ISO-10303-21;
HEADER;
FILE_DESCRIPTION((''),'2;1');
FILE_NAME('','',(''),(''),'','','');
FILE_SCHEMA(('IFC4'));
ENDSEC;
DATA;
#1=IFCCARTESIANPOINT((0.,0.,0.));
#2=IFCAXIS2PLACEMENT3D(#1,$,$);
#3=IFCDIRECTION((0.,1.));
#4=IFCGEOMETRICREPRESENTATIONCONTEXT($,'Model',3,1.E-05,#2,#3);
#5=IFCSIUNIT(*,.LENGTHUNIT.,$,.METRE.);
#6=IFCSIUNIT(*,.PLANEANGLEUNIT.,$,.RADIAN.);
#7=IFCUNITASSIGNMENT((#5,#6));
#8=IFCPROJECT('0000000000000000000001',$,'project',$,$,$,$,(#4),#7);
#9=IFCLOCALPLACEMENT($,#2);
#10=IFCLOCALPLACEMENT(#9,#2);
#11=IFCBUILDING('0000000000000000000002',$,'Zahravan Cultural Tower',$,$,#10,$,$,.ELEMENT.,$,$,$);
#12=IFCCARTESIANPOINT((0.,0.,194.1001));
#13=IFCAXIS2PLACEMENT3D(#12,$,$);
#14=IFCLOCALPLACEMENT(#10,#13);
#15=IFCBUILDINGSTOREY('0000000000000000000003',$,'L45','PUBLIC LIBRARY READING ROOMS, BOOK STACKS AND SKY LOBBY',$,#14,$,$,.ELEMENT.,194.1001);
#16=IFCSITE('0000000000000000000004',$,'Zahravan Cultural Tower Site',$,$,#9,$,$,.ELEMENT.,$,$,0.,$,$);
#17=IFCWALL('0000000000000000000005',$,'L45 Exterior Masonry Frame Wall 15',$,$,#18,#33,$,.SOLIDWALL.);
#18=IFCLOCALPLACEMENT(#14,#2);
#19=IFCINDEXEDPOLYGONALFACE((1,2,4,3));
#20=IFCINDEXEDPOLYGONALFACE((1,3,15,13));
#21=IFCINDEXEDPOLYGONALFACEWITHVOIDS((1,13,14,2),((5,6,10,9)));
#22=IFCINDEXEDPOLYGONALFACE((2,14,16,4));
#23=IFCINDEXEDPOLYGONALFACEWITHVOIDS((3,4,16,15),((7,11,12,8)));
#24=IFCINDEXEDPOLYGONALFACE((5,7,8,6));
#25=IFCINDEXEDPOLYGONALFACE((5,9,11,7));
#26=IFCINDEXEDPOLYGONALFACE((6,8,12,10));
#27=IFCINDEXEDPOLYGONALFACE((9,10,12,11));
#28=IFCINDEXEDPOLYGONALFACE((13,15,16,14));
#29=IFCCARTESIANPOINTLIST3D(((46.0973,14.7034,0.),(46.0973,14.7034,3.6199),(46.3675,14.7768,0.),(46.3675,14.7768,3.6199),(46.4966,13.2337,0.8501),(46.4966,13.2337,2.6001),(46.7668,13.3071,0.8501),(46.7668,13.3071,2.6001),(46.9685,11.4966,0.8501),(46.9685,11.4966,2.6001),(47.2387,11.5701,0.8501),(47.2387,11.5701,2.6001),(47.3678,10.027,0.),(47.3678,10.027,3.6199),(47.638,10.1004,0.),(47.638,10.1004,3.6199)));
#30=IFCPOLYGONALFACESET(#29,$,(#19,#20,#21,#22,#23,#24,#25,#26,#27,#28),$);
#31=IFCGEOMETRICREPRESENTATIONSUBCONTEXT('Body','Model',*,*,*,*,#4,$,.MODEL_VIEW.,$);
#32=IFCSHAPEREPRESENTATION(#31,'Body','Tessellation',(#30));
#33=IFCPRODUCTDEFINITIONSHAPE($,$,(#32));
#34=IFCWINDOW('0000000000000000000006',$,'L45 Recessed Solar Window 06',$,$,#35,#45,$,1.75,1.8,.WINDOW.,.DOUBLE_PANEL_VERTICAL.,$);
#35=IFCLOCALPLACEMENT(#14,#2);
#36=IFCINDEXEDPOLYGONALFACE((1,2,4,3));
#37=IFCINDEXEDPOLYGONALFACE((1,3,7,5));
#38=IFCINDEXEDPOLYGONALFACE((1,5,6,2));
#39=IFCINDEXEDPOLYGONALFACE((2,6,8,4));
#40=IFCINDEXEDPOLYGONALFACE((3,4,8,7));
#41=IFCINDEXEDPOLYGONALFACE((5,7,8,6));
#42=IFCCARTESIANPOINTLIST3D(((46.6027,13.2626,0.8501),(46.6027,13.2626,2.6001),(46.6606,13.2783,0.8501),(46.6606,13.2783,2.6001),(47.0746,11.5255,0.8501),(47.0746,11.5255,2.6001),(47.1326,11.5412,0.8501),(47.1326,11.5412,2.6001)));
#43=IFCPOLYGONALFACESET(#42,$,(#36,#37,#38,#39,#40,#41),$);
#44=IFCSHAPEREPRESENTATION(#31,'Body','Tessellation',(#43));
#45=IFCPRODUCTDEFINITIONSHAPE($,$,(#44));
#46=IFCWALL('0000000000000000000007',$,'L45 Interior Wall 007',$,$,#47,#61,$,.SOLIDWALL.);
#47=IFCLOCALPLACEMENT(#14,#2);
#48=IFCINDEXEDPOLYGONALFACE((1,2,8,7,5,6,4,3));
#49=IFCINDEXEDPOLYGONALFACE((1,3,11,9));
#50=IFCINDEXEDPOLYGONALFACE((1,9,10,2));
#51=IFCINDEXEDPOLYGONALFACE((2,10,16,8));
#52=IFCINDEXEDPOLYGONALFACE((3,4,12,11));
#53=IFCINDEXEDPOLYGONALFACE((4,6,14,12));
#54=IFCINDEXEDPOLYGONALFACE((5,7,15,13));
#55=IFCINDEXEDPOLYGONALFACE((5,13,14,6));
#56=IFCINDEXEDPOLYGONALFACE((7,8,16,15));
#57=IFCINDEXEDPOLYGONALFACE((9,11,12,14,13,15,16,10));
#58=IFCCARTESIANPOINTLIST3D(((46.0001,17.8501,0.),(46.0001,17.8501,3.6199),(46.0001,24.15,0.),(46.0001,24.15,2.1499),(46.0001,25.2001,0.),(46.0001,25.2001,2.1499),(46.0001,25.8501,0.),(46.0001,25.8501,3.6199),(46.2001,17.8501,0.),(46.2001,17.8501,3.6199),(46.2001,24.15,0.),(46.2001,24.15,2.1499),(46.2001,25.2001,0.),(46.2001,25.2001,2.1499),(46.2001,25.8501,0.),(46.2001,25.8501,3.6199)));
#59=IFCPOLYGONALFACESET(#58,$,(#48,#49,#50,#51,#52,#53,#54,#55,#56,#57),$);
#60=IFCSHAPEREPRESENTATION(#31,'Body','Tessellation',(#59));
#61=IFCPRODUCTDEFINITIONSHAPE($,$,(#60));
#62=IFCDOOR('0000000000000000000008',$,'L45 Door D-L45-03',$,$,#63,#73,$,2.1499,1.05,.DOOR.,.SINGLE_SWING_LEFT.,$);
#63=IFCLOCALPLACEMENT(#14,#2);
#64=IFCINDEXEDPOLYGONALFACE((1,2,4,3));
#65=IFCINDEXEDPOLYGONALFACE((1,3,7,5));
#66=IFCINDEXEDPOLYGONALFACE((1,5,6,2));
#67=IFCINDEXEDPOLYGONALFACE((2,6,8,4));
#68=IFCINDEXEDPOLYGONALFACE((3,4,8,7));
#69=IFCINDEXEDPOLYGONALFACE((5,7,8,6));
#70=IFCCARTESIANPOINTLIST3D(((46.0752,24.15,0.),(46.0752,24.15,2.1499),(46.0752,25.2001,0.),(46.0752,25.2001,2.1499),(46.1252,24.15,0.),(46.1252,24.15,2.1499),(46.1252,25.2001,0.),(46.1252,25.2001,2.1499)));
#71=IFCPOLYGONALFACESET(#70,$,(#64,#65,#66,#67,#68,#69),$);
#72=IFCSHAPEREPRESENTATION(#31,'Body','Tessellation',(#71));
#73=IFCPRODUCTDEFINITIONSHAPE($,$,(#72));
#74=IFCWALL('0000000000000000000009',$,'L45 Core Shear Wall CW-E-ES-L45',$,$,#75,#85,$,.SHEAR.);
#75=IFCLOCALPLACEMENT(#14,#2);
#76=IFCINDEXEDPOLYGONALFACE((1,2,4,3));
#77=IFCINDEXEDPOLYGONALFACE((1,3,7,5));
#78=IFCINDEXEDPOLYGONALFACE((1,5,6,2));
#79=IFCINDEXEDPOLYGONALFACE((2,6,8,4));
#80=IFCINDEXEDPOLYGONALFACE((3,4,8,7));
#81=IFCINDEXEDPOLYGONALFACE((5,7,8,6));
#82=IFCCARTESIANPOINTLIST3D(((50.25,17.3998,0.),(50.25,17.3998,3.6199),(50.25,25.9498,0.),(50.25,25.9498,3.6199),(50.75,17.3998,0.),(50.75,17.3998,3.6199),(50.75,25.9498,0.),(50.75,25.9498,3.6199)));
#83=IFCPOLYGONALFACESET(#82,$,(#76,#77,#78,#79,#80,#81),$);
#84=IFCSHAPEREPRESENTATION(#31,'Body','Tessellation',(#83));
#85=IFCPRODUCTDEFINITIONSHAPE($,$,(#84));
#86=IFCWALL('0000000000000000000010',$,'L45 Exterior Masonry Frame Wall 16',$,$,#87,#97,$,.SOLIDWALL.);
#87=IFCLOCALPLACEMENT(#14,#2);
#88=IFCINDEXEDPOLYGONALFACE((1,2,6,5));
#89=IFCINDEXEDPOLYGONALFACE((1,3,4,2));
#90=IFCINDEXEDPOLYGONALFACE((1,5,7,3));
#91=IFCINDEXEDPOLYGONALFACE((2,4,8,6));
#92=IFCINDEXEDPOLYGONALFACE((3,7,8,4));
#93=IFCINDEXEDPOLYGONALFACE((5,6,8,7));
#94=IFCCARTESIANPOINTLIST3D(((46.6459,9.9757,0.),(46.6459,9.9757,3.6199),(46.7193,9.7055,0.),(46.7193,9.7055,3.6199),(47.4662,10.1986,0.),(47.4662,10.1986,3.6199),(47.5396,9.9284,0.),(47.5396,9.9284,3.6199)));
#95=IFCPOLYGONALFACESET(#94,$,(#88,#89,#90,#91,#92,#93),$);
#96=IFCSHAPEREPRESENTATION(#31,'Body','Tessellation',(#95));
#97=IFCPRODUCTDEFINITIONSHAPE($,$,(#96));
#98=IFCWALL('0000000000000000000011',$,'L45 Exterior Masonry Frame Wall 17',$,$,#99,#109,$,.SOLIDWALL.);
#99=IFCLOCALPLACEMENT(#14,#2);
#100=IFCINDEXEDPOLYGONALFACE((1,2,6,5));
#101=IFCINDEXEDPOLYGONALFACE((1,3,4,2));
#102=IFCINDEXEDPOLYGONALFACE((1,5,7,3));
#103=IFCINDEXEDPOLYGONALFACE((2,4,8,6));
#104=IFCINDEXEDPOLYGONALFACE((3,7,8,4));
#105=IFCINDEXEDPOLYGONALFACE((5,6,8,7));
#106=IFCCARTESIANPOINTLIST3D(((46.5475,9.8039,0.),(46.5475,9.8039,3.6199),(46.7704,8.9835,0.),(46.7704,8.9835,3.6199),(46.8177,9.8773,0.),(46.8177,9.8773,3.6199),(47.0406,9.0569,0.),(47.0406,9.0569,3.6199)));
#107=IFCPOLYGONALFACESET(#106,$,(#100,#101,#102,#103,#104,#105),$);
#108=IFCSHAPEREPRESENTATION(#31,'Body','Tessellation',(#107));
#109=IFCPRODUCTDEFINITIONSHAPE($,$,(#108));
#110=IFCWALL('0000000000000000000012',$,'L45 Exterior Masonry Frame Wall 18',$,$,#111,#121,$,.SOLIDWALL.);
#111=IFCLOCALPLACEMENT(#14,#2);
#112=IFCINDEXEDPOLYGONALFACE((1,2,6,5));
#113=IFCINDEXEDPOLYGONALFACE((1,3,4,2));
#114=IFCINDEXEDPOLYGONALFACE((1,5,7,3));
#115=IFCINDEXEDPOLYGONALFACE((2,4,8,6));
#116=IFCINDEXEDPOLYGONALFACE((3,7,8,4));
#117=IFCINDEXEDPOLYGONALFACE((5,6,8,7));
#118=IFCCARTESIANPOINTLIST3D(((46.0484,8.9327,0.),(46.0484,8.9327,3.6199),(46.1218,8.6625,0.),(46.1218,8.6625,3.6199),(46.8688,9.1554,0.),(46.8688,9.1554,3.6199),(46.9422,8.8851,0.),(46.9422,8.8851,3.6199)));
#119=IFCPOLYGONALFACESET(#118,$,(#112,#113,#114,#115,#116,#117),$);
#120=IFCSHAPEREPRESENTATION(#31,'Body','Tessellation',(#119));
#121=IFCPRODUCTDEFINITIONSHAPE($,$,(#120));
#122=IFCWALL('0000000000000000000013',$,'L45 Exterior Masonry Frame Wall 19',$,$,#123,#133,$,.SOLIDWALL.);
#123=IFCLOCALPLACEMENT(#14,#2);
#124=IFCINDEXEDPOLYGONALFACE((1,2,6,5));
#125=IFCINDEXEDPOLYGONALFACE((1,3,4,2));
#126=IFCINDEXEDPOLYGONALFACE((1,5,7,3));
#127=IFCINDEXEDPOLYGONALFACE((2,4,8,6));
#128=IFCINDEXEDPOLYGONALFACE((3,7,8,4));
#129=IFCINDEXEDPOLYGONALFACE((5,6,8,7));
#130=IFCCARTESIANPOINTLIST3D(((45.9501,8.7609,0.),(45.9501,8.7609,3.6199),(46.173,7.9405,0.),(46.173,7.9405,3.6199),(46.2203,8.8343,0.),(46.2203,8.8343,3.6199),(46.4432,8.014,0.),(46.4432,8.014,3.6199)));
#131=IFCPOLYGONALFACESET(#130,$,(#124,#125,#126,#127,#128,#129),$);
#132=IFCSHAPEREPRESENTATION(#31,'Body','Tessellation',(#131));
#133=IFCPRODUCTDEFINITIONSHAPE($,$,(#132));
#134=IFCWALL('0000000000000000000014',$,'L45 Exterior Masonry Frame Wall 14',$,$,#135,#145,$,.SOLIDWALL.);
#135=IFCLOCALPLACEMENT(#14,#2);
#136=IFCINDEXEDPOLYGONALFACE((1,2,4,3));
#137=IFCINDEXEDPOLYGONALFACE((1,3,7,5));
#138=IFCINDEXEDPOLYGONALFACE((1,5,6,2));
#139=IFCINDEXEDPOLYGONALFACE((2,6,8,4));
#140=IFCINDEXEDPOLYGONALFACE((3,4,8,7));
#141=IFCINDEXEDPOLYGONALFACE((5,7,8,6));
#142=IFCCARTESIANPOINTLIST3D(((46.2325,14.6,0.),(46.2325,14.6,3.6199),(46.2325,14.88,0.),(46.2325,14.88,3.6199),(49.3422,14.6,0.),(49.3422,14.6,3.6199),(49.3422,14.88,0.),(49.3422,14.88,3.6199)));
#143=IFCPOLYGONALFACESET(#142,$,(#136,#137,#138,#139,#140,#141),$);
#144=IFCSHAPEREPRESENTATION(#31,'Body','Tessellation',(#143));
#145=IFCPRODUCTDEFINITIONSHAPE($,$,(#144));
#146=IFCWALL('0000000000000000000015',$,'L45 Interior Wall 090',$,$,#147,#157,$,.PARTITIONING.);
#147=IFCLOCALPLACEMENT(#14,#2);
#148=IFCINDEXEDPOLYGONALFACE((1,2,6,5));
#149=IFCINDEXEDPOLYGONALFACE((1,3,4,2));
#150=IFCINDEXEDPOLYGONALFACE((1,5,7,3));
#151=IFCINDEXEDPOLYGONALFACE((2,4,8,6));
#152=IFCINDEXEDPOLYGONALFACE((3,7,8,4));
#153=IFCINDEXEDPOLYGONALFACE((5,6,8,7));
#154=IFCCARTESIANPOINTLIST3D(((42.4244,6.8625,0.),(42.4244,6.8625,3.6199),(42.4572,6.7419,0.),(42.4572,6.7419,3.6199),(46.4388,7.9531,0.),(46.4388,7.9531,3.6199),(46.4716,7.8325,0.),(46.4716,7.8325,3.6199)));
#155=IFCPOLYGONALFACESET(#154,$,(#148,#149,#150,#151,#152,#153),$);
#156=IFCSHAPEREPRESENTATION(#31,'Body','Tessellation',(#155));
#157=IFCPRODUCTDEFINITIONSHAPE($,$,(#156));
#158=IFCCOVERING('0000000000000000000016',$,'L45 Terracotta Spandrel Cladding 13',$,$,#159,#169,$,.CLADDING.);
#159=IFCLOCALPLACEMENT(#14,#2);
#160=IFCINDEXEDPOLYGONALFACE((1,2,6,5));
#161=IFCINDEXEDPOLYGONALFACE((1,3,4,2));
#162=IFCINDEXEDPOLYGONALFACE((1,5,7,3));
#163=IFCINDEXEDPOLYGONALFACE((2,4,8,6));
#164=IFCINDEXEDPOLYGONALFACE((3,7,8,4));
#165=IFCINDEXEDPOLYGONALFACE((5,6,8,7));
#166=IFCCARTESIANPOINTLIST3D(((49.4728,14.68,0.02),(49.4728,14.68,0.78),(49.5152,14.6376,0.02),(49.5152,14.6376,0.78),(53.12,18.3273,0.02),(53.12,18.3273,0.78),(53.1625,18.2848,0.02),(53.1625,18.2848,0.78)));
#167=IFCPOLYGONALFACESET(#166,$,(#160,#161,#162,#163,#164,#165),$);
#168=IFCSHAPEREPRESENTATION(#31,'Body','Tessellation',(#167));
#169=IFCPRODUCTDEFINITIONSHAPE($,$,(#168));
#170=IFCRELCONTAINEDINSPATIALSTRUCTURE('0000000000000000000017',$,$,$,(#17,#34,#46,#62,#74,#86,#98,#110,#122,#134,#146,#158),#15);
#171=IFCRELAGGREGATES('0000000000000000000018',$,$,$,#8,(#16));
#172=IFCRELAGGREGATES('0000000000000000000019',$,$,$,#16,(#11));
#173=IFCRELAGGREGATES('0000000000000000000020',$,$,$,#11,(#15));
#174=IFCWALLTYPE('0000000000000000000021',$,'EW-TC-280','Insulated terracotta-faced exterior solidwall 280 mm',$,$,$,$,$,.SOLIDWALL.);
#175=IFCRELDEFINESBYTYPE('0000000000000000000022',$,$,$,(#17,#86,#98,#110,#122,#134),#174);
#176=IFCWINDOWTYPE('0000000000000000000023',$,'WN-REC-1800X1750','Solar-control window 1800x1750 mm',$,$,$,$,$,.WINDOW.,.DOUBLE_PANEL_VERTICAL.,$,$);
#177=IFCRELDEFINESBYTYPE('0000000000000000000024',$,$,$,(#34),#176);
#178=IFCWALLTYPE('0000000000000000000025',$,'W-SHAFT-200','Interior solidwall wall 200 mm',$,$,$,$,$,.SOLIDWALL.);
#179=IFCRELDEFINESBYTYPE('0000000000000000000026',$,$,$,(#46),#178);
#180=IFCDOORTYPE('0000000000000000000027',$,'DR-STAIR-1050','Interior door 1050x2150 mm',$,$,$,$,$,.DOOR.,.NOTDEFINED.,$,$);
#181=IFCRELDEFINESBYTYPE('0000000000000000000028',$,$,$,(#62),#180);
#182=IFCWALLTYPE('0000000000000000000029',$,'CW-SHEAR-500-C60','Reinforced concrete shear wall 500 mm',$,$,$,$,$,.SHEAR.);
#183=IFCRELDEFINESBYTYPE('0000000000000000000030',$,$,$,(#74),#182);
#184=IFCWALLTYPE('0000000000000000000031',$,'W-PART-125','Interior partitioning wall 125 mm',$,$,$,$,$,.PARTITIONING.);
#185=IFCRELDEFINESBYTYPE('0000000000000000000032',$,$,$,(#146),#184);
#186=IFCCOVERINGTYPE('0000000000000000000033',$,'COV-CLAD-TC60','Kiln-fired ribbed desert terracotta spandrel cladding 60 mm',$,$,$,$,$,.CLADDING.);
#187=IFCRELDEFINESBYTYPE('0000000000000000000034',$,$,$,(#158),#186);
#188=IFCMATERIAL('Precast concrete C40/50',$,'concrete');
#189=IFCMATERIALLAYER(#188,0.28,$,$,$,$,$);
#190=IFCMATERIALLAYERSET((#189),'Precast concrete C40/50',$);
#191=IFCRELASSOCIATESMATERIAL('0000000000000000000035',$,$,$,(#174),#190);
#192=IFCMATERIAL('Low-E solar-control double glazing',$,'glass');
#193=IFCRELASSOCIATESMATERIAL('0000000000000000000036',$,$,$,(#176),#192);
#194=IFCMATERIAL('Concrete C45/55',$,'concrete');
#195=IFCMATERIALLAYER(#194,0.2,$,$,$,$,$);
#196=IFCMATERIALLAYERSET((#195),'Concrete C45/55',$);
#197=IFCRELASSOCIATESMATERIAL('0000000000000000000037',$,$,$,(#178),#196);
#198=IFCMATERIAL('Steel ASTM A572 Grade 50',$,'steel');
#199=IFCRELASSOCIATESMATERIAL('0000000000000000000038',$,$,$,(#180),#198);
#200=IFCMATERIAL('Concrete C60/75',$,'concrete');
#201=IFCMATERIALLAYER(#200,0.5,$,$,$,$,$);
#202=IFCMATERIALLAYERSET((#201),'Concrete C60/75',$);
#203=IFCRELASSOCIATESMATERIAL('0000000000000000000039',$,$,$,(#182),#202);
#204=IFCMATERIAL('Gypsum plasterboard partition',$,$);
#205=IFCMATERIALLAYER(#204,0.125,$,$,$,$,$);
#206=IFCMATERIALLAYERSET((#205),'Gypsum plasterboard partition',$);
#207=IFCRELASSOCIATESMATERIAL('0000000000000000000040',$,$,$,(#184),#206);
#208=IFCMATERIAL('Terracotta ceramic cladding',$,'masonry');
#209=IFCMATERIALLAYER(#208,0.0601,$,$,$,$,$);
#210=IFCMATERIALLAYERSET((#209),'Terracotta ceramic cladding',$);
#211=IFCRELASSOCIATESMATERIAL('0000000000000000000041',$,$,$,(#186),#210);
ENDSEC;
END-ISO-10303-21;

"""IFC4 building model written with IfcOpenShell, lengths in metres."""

from ifc_helpers import new_model, si_unit, direction, frame, frame_2d, origin, origin_2d, place, context, subcontext, project, spatial, rectangle, extrude, source, transform, mapped, material, layer, layer_set, type_object, element, fill, save


model = new_model("IFC4")

# Units and contexts
model_context = context("Model", 3, precision=1e-05, world=origin(), true_north=direction((0.0, 1.0)))
body_context = subcontext(model_context, "Body", "Model", "MODEL_VIEW")
ifc_project = project(units=[si_unit("LENGTHUNIT", "METRE"), si_unit("PLANEANGLEUNIT", "RADIAN")], contexts=[model_context])

# Site, building, storey
site_placement = place(None, origin())
site = spatial("IfcSite", under=ifc_project, at=site_placement, Name="Zahravan Cultural Tower Site", CompositionType="ELEMENT", RefElevation=0.0)
building_placement = place(site_placement, origin())
building = spatial("IfcBuilding", under=site, at=building_placement, Name="Zahravan Cultural Tower", CompositionType="ELEMENT")
storey_placement = place(building_placement, frame((0.0, 0.0, 194.1001)))
storey = spatial("IfcBuildingStorey", under=building, at=storey_placement, Name="L45", Description="PUBLIC LIBRARY READING ROOMS, BOOK STACKS AND SKY LOBBY", CompositionType="ELEMENT", Elevation=194.1001)

# Shared definitions
ifc_material_1 = material(Name="Low-E solar-control double glazing", Category="glass")

# Wall, opening, window
ifc_material_2 = material(Name="Precast concrete C40/50", Category="concrete")
ifc_layer_1 = layer(ifc_material_2, 0.28)
ifc_layer_set_1 = layer_set([ifc_layer_1], Name="Precast concrete C40/50")
wall_type_1 = type_object("IfcWallType", Name="EW-TC-280", Description="Insulated terracotta-faced exterior solidwall 280 mm", PredefinedType="SOLIDWALL", material=ifc_layer_set_1)
wall_1_placement = place(storey_placement, frame((46.2324, 14.74, 0.0), z_axis=(0.0, 0.0, 1.0), x_axis=(0.262175, -0.96502, 0.0)))
wall_1 = element("IfcWall", 1, at=wall_1_placement, inside=storey, type_object=wall_type_1, Name="L45 Exterior Masonry Frame Wall 15", PredefinedType="SOLIDWALL", context=body_context, shape_type="SweptSolid", body=[
    extrude(rectangle(XDim=4.8459, YDim=0.28, at=frame_2d((2.4229, 0.0))), origin(), (0.0, 0.0, 1.0), 3.6199),
])
opening_1_placement = place(wall_1_placement, frame((1.5229, 0.0, 0.8501)))
opening_1 = element("IfcOpeningElement", 2, at=opening_1_placement, cuts=wall_1, PredefinedType="OPENING", context=body_context, shape_type="SweptSolid", body=[
    extrude(rectangle(XDim=1.8, YDim=1.75, at=frame_2d((0.8999, 0.875))), frame((0.0, 0.1499, 0.0), z_axis=(0.0, -1.0, 0.0), x_axis=(1.0, 0.0, 0.0)), (0.0, 0.0, 1.0), 0.3),
])
window_type = type_object("IfcWindowType", Name="WN-REC-1800X1750", Description="Solar-control window 1800x1750 mm", PartitioningType="DOUBLE_PANEL_VERTICAL", PredefinedType="WINDOW", material=ifc_material_1)
shared_shape_1 = source(origin(), body_context, "Body", "SweptSolid", [
    extrude(rectangle(XDim=1.8, YDim=1.75, at=frame_2d((0.8999, 0.875))), frame((0.0, 0.03, 0.0), z_axis=(0.0, -1.0, 0.0), x_axis=(1.0, 0.0, 0.0)), (0.0, 0.0, 1.0), 0.0601),
])
window_placement = place(opening_1_placement, origin())
window = element("IfcWindow", 3, at=window_placement, inside=storey, type_object=window_type, Name="L45 Recessed Solar Window 06", OverallHeight=1.75, OverallWidth=1.8, PartitioningType="DOUBLE_PANEL_VERTICAL", PredefinedType="WINDOW", context=body_context, shape_type="MappedRepresentation", body=[
    mapped(shared_shape_1, transform((0.0, 0.0, 0.0), x_axis=(1.0, 0.0, 0.0), y_axis=(0.0, 1.0, 0.0), z_axis=(0.0, 0.0, 1.0), scale=1.0)),
])
fill(opening_1, window)

# Wall, opening, door
ifc_material_3 = material(Name="Concrete C45/55", Category="concrete")
ifc_layer_2 = layer(ifc_material_3, 0.2)
ifc_layer_set_2 = layer_set([ifc_layer_2], Name="Concrete C45/55")
wall_type_2 = type_object("IfcWallType", Name="W-SHAFT-200", Description="Interior solidwall wall 200 mm", PredefinedType="SOLIDWALL", material=ifc_layer_set_2)
wall_2_placement = place(storey_placement, frame((46.1001, 17.8501, 0.0), z_axis=(0.0, 0.0, 1.0), x_axis=(0.0, 1.0, 0.0)))
wall_2 = element("IfcWall", 4, at=wall_2_placement, inside=storey, type_object=wall_type_2, Name="L45 Interior Wall 007", PredefinedType="SOLIDWALL", context=body_context, shape_type="SweptSolid", body=[
    extrude(rectangle(XDim=8.0, YDim=0.2, at=frame_2d((4.0, 0.0))), origin(), (0.0, 0.0, 1.0), 3.6199),
])
opening_2_placement = place(wall_2_placement, frame((6.3, 0.0, 0.0)))
opening_2 = element("IfcOpeningElement", 5, at=opening_2_placement, cuts=wall_2, PredefinedType="OPENING", context=body_context, shape_type="SweptSolid", body=[
    extrude(rectangle(XDim=1.05, YDim=2.1499, at=frame_2d((0.5249, 1.075))), frame((0.0, 0.1099, 0.0), z_axis=(0.0, -1.0, 0.0), x_axis=(1.0, 0.0, 0.0)), (0.0, 0.0, 1.0), 0.22),
])
ifc_material_4 = material(Name="Steel ASTM A572 Grade 50", Category="steel")
door_type = type_object("IfcDoorType", Name="DR-STAIR-1050", Description="Interior door 1050x2150 mm", OperationType="NOTDEFINED", PredefinedType="DOOR", material=ifc_material_4)
shared_shape_2 = source(origin(), body_context, "Body", "SweptSolid", [
    extrude(rectangle(XDim=1.05, YDim=2.1499, at=frame_2d((0.5249, 1.075))), frame((0.0, 0.0249, 0.0), z_axis=(0.0, -1.0, 0.0), x_axis=(1.0, 0.0, 0.0)), (0.0, 0.0, 1.0), 0.05),
])
door_placement = place(opening_2_placement, origin())
door = element("IfcDoor", 6, at=door_placement, inside=storey, type_object=door_type, Name="L45 Door D-L45-03", OperationType="SINGLE_SWING_LEFT", OverallHeight=2.1499, OverallWidth=1.05, PredefinedType="DOOR", context=body_context, shape_type="MappedRepresentation", body=[
    mapped(shared_shape_2, transform((0.0, 0.0, 0.0), x_axis=(1.0, 0.0, 0.0), y_axis=(0.0, 1.0, 0.0), z_axis=(0.0, 0.0, 1.0), scale=1.0)),
])
fill(opening_2, door)

# Walls
ifc_material_5 = material(Name="Concrete C60/75", Category="concrete")
ifc_layer_3 = layer(ifc_material_5, 0.5)
ifc_layer_set_3 = layer_set([ifc_layer_3], Name="Concrete C60/75")
wall_type_3 = type_object("IfcWallType", Name="CW-SHEAR-500-C60", Description="Reinforced concrete shear wall 500 mm", PredefinedType="SHEAR", material=ifc_layer_set_3)
shared_shape_3 = source(origin(), body_context, "Body", "SweptSolid", [
    extrude(rectangle(XDim=8.55, YDim=0.5, at=frame_2d((4.2749, 0.0))), origin(), (0.0, 0.0, 1.0), 3.6199),
])
wall_3_placement = place(storey_placement, frame((50.5, 17.3999, 0.0), z_axis=(0.0, 0.0, 1.0), x_axis=(0.0, 1.0, 0.0)))
element("IfcWall", 7, at=wall_3_placement, inside=storey, type_object=wall_type_3, Name="L45 Core Shear Wall CW-E-ES-L45", PredefinedType="SHEAR", context=body_context, shape_type="MappedRepresentation", body=[
    mapped(shared_shape_3, transform((0.0, 0.0, 0.0), x_axis=(1.0, 0.0, 0.0), y_axis=(0.0, 1.0, 0.0), z_axis=(0.0, 0.0, 1.0), scale=1.0)),
])
shared_shape_4 = source(origin(), body_context, "Body", "SweptSolid", [
    extrude(rectangle(XDim=0.8501, YDim=0.28, at=frame_2d((0.425, 0.0))), origin(), (0.0, 0.0, 1.0), 3.6199),
])
for number, where, z_axis, x_axis, name in (
    (8, (47.5029, 10.0635, 0.0), (0.0, 0.0, 1.0), (-0.965009, -0.262218, 0.0), "L45 Exterior Masonry Frame Wall 16"),
    (9, (46.6826, 9.8406, 0.0), (0.0, 0.0, 1.0), (0.262218, -0.965009, 0.0), "L45 Exterior Masonry Frame Wall 17"),
    (10, (46.9055, 9.0203, 0.0), (0.0, 0.0, 1.0), (-0.965081, -0.261951, 0.0), "L45 Exterior Masonry Frame Wall 18"),
    (11, (46.0852, 8.7976, 0.0), (0.0, 0.0, 1.0), (0.262218, -0.965009, 0.0), "L45 Exterior Masonry Frame Wall 19"),
):
    element("IfcWall", number, at=place(storey_placement, frame(where, z_axis=z_axis, x_axis=x_axis)), inside=storey, type_object=wall_type_1, Name=name, PredefinedType="SOLIDWALL", context=body_context, shape_type="MappedRepresentation", body=[
        mapped(shared_shape_4, transform((0.0, 0.0, 0.0), x_axis=(1.0, 0.0, 0.0), y_axis=(0.0, 1.0, 0.0), z_axis=(0.0, 0.0, 1.0), scale=1.0)),
    ])
shared_shape_5 = source(origin(), body_context, "Body", "SweptSolid", [
    extrude(rectangle(XDim=3.1096, YDim=0.28, at=frame_2d((1.5547, 0.0))), origin(), (0.0, 0.0, 1.0), 3.6199),
])
wall_4_placement = place(storey_placement, frame((49.342, 14.74, 0.0), z_axis=(0.0, 0.0, 1.0), x_axis=(-1.0, 0.0, 0.0)))
element("IfcWall", 12, at=wall_4_placement, inside=storey, type_object=wall_type_1, Name="L45 Exterior Masonry Frame Wall 14", PredefinedType="SOLIDWALL", context=body_context, shape_type="MappedRepresentation", body=[
    mapped(shared_shape_5, transform((0.0, 0.0, 0.0), x_axis=(1.0, 0.0, 0.0), y_axis=(0.0, 1.0, 0.0), z_axis=(0.0, 0.0, 1.0), scale=1.0)),
])
ifc_material_6 = material(Name="Gypsum plasterboard partition")
ifc_layer_4 = layer(ifc_material_6, 0.125)
ifc_layer_set_4 = layer_set([ifc_layer_4], Name="Gypsum plasterboard partition")
wall_type_4 = type_object("IfcWallType", Name="W-PART-125", Description="Interior partitioning wall 125 mm", PredefinedType="PARTITIONING", material=ifc_layer_set_4)
shared_shape_6 = source(origin(), body_context, "Body", "SweptSolid", [
    extrude(rectangle(XDim=4.1599, YDim=0.125, at=frame_2d((2.0801, 0.0))), origin(), (0.0, 0.0, 1.0), 3.6199),
])
wall_5_placement = place(storey_placement, frame((46.4553, 7.8928, 0.0), z_axis=(0.0, 0.0, 1.0), x_axis=(-0.965023, -0.262164, 0.0)))
element("IfcWall", 13, at=wall_5_placement, inside=storey, type_object=wall_type_4, Name="L45 Interior Wall 090", PredefinedType="PARTITIONING", context=body_context, shape_type="MappedRepresentation", body=[
    mapped(shared_shape_6, transform((0.0, 0.0, 0.0), x_axis=(1.0, 0.0, 0.0), y_axis=(0.0, 1.0, 0.0), z_axis=(0.0, 0.0, 1.0), scale=1.0)),
])

# Covering
ifc_material_7 = material(Name="Terracotta ceramic cladding", Category="masonry")
ifc_layer_5 = layer(ifc_material_7, 0.0601)
ifc_layer_set_5 = layer_set([ifc_layer_5], Name="Terracotta ceramic cladding")
covering_type = type_object("IfcCoveringType", Name="COV-CLAD-TC60", Description="Kiln-fired ribbed desert terracotta spandrel cladding 60 mm", PredefinedType="CLADDING", material=ifc_layer_set_5)
shared_shape_7 = source(origin(), body_context, "Body", "SweptSolid", [
    extrude(rectangle(XDim=5.158, YDim=0.0601, at=origin_2d()), origin(), (0.0, 0.0, 1.0), 0.76),
])
covering_1_placement = place(storey_placement, frame((51.3176, 16.4824, 0.02), z_axis=(0.0, 0.0, 1.0), x_axis=(-0.707107, -0.707107, 0.0)))
element("IfcCovering", 14, at=covering_1_placement, inside=storey, type_object=covering_type, Name="L45 Terracotta Spandrel Cladding 13", PredefinedType="CLADDING", context=body_context, shape_type="MappedRepresentation", body=[
    mapped(shared_shape_7, transform((0.0, 0.0, 0.0), x_axis=(1.0, 0.0, 0.0), y_axis=(0.0, 1.0, 0.0), z_axis=(0.0, 0.0, 1.0), scale=1.0)),
])

save(model, "model.ifc")
